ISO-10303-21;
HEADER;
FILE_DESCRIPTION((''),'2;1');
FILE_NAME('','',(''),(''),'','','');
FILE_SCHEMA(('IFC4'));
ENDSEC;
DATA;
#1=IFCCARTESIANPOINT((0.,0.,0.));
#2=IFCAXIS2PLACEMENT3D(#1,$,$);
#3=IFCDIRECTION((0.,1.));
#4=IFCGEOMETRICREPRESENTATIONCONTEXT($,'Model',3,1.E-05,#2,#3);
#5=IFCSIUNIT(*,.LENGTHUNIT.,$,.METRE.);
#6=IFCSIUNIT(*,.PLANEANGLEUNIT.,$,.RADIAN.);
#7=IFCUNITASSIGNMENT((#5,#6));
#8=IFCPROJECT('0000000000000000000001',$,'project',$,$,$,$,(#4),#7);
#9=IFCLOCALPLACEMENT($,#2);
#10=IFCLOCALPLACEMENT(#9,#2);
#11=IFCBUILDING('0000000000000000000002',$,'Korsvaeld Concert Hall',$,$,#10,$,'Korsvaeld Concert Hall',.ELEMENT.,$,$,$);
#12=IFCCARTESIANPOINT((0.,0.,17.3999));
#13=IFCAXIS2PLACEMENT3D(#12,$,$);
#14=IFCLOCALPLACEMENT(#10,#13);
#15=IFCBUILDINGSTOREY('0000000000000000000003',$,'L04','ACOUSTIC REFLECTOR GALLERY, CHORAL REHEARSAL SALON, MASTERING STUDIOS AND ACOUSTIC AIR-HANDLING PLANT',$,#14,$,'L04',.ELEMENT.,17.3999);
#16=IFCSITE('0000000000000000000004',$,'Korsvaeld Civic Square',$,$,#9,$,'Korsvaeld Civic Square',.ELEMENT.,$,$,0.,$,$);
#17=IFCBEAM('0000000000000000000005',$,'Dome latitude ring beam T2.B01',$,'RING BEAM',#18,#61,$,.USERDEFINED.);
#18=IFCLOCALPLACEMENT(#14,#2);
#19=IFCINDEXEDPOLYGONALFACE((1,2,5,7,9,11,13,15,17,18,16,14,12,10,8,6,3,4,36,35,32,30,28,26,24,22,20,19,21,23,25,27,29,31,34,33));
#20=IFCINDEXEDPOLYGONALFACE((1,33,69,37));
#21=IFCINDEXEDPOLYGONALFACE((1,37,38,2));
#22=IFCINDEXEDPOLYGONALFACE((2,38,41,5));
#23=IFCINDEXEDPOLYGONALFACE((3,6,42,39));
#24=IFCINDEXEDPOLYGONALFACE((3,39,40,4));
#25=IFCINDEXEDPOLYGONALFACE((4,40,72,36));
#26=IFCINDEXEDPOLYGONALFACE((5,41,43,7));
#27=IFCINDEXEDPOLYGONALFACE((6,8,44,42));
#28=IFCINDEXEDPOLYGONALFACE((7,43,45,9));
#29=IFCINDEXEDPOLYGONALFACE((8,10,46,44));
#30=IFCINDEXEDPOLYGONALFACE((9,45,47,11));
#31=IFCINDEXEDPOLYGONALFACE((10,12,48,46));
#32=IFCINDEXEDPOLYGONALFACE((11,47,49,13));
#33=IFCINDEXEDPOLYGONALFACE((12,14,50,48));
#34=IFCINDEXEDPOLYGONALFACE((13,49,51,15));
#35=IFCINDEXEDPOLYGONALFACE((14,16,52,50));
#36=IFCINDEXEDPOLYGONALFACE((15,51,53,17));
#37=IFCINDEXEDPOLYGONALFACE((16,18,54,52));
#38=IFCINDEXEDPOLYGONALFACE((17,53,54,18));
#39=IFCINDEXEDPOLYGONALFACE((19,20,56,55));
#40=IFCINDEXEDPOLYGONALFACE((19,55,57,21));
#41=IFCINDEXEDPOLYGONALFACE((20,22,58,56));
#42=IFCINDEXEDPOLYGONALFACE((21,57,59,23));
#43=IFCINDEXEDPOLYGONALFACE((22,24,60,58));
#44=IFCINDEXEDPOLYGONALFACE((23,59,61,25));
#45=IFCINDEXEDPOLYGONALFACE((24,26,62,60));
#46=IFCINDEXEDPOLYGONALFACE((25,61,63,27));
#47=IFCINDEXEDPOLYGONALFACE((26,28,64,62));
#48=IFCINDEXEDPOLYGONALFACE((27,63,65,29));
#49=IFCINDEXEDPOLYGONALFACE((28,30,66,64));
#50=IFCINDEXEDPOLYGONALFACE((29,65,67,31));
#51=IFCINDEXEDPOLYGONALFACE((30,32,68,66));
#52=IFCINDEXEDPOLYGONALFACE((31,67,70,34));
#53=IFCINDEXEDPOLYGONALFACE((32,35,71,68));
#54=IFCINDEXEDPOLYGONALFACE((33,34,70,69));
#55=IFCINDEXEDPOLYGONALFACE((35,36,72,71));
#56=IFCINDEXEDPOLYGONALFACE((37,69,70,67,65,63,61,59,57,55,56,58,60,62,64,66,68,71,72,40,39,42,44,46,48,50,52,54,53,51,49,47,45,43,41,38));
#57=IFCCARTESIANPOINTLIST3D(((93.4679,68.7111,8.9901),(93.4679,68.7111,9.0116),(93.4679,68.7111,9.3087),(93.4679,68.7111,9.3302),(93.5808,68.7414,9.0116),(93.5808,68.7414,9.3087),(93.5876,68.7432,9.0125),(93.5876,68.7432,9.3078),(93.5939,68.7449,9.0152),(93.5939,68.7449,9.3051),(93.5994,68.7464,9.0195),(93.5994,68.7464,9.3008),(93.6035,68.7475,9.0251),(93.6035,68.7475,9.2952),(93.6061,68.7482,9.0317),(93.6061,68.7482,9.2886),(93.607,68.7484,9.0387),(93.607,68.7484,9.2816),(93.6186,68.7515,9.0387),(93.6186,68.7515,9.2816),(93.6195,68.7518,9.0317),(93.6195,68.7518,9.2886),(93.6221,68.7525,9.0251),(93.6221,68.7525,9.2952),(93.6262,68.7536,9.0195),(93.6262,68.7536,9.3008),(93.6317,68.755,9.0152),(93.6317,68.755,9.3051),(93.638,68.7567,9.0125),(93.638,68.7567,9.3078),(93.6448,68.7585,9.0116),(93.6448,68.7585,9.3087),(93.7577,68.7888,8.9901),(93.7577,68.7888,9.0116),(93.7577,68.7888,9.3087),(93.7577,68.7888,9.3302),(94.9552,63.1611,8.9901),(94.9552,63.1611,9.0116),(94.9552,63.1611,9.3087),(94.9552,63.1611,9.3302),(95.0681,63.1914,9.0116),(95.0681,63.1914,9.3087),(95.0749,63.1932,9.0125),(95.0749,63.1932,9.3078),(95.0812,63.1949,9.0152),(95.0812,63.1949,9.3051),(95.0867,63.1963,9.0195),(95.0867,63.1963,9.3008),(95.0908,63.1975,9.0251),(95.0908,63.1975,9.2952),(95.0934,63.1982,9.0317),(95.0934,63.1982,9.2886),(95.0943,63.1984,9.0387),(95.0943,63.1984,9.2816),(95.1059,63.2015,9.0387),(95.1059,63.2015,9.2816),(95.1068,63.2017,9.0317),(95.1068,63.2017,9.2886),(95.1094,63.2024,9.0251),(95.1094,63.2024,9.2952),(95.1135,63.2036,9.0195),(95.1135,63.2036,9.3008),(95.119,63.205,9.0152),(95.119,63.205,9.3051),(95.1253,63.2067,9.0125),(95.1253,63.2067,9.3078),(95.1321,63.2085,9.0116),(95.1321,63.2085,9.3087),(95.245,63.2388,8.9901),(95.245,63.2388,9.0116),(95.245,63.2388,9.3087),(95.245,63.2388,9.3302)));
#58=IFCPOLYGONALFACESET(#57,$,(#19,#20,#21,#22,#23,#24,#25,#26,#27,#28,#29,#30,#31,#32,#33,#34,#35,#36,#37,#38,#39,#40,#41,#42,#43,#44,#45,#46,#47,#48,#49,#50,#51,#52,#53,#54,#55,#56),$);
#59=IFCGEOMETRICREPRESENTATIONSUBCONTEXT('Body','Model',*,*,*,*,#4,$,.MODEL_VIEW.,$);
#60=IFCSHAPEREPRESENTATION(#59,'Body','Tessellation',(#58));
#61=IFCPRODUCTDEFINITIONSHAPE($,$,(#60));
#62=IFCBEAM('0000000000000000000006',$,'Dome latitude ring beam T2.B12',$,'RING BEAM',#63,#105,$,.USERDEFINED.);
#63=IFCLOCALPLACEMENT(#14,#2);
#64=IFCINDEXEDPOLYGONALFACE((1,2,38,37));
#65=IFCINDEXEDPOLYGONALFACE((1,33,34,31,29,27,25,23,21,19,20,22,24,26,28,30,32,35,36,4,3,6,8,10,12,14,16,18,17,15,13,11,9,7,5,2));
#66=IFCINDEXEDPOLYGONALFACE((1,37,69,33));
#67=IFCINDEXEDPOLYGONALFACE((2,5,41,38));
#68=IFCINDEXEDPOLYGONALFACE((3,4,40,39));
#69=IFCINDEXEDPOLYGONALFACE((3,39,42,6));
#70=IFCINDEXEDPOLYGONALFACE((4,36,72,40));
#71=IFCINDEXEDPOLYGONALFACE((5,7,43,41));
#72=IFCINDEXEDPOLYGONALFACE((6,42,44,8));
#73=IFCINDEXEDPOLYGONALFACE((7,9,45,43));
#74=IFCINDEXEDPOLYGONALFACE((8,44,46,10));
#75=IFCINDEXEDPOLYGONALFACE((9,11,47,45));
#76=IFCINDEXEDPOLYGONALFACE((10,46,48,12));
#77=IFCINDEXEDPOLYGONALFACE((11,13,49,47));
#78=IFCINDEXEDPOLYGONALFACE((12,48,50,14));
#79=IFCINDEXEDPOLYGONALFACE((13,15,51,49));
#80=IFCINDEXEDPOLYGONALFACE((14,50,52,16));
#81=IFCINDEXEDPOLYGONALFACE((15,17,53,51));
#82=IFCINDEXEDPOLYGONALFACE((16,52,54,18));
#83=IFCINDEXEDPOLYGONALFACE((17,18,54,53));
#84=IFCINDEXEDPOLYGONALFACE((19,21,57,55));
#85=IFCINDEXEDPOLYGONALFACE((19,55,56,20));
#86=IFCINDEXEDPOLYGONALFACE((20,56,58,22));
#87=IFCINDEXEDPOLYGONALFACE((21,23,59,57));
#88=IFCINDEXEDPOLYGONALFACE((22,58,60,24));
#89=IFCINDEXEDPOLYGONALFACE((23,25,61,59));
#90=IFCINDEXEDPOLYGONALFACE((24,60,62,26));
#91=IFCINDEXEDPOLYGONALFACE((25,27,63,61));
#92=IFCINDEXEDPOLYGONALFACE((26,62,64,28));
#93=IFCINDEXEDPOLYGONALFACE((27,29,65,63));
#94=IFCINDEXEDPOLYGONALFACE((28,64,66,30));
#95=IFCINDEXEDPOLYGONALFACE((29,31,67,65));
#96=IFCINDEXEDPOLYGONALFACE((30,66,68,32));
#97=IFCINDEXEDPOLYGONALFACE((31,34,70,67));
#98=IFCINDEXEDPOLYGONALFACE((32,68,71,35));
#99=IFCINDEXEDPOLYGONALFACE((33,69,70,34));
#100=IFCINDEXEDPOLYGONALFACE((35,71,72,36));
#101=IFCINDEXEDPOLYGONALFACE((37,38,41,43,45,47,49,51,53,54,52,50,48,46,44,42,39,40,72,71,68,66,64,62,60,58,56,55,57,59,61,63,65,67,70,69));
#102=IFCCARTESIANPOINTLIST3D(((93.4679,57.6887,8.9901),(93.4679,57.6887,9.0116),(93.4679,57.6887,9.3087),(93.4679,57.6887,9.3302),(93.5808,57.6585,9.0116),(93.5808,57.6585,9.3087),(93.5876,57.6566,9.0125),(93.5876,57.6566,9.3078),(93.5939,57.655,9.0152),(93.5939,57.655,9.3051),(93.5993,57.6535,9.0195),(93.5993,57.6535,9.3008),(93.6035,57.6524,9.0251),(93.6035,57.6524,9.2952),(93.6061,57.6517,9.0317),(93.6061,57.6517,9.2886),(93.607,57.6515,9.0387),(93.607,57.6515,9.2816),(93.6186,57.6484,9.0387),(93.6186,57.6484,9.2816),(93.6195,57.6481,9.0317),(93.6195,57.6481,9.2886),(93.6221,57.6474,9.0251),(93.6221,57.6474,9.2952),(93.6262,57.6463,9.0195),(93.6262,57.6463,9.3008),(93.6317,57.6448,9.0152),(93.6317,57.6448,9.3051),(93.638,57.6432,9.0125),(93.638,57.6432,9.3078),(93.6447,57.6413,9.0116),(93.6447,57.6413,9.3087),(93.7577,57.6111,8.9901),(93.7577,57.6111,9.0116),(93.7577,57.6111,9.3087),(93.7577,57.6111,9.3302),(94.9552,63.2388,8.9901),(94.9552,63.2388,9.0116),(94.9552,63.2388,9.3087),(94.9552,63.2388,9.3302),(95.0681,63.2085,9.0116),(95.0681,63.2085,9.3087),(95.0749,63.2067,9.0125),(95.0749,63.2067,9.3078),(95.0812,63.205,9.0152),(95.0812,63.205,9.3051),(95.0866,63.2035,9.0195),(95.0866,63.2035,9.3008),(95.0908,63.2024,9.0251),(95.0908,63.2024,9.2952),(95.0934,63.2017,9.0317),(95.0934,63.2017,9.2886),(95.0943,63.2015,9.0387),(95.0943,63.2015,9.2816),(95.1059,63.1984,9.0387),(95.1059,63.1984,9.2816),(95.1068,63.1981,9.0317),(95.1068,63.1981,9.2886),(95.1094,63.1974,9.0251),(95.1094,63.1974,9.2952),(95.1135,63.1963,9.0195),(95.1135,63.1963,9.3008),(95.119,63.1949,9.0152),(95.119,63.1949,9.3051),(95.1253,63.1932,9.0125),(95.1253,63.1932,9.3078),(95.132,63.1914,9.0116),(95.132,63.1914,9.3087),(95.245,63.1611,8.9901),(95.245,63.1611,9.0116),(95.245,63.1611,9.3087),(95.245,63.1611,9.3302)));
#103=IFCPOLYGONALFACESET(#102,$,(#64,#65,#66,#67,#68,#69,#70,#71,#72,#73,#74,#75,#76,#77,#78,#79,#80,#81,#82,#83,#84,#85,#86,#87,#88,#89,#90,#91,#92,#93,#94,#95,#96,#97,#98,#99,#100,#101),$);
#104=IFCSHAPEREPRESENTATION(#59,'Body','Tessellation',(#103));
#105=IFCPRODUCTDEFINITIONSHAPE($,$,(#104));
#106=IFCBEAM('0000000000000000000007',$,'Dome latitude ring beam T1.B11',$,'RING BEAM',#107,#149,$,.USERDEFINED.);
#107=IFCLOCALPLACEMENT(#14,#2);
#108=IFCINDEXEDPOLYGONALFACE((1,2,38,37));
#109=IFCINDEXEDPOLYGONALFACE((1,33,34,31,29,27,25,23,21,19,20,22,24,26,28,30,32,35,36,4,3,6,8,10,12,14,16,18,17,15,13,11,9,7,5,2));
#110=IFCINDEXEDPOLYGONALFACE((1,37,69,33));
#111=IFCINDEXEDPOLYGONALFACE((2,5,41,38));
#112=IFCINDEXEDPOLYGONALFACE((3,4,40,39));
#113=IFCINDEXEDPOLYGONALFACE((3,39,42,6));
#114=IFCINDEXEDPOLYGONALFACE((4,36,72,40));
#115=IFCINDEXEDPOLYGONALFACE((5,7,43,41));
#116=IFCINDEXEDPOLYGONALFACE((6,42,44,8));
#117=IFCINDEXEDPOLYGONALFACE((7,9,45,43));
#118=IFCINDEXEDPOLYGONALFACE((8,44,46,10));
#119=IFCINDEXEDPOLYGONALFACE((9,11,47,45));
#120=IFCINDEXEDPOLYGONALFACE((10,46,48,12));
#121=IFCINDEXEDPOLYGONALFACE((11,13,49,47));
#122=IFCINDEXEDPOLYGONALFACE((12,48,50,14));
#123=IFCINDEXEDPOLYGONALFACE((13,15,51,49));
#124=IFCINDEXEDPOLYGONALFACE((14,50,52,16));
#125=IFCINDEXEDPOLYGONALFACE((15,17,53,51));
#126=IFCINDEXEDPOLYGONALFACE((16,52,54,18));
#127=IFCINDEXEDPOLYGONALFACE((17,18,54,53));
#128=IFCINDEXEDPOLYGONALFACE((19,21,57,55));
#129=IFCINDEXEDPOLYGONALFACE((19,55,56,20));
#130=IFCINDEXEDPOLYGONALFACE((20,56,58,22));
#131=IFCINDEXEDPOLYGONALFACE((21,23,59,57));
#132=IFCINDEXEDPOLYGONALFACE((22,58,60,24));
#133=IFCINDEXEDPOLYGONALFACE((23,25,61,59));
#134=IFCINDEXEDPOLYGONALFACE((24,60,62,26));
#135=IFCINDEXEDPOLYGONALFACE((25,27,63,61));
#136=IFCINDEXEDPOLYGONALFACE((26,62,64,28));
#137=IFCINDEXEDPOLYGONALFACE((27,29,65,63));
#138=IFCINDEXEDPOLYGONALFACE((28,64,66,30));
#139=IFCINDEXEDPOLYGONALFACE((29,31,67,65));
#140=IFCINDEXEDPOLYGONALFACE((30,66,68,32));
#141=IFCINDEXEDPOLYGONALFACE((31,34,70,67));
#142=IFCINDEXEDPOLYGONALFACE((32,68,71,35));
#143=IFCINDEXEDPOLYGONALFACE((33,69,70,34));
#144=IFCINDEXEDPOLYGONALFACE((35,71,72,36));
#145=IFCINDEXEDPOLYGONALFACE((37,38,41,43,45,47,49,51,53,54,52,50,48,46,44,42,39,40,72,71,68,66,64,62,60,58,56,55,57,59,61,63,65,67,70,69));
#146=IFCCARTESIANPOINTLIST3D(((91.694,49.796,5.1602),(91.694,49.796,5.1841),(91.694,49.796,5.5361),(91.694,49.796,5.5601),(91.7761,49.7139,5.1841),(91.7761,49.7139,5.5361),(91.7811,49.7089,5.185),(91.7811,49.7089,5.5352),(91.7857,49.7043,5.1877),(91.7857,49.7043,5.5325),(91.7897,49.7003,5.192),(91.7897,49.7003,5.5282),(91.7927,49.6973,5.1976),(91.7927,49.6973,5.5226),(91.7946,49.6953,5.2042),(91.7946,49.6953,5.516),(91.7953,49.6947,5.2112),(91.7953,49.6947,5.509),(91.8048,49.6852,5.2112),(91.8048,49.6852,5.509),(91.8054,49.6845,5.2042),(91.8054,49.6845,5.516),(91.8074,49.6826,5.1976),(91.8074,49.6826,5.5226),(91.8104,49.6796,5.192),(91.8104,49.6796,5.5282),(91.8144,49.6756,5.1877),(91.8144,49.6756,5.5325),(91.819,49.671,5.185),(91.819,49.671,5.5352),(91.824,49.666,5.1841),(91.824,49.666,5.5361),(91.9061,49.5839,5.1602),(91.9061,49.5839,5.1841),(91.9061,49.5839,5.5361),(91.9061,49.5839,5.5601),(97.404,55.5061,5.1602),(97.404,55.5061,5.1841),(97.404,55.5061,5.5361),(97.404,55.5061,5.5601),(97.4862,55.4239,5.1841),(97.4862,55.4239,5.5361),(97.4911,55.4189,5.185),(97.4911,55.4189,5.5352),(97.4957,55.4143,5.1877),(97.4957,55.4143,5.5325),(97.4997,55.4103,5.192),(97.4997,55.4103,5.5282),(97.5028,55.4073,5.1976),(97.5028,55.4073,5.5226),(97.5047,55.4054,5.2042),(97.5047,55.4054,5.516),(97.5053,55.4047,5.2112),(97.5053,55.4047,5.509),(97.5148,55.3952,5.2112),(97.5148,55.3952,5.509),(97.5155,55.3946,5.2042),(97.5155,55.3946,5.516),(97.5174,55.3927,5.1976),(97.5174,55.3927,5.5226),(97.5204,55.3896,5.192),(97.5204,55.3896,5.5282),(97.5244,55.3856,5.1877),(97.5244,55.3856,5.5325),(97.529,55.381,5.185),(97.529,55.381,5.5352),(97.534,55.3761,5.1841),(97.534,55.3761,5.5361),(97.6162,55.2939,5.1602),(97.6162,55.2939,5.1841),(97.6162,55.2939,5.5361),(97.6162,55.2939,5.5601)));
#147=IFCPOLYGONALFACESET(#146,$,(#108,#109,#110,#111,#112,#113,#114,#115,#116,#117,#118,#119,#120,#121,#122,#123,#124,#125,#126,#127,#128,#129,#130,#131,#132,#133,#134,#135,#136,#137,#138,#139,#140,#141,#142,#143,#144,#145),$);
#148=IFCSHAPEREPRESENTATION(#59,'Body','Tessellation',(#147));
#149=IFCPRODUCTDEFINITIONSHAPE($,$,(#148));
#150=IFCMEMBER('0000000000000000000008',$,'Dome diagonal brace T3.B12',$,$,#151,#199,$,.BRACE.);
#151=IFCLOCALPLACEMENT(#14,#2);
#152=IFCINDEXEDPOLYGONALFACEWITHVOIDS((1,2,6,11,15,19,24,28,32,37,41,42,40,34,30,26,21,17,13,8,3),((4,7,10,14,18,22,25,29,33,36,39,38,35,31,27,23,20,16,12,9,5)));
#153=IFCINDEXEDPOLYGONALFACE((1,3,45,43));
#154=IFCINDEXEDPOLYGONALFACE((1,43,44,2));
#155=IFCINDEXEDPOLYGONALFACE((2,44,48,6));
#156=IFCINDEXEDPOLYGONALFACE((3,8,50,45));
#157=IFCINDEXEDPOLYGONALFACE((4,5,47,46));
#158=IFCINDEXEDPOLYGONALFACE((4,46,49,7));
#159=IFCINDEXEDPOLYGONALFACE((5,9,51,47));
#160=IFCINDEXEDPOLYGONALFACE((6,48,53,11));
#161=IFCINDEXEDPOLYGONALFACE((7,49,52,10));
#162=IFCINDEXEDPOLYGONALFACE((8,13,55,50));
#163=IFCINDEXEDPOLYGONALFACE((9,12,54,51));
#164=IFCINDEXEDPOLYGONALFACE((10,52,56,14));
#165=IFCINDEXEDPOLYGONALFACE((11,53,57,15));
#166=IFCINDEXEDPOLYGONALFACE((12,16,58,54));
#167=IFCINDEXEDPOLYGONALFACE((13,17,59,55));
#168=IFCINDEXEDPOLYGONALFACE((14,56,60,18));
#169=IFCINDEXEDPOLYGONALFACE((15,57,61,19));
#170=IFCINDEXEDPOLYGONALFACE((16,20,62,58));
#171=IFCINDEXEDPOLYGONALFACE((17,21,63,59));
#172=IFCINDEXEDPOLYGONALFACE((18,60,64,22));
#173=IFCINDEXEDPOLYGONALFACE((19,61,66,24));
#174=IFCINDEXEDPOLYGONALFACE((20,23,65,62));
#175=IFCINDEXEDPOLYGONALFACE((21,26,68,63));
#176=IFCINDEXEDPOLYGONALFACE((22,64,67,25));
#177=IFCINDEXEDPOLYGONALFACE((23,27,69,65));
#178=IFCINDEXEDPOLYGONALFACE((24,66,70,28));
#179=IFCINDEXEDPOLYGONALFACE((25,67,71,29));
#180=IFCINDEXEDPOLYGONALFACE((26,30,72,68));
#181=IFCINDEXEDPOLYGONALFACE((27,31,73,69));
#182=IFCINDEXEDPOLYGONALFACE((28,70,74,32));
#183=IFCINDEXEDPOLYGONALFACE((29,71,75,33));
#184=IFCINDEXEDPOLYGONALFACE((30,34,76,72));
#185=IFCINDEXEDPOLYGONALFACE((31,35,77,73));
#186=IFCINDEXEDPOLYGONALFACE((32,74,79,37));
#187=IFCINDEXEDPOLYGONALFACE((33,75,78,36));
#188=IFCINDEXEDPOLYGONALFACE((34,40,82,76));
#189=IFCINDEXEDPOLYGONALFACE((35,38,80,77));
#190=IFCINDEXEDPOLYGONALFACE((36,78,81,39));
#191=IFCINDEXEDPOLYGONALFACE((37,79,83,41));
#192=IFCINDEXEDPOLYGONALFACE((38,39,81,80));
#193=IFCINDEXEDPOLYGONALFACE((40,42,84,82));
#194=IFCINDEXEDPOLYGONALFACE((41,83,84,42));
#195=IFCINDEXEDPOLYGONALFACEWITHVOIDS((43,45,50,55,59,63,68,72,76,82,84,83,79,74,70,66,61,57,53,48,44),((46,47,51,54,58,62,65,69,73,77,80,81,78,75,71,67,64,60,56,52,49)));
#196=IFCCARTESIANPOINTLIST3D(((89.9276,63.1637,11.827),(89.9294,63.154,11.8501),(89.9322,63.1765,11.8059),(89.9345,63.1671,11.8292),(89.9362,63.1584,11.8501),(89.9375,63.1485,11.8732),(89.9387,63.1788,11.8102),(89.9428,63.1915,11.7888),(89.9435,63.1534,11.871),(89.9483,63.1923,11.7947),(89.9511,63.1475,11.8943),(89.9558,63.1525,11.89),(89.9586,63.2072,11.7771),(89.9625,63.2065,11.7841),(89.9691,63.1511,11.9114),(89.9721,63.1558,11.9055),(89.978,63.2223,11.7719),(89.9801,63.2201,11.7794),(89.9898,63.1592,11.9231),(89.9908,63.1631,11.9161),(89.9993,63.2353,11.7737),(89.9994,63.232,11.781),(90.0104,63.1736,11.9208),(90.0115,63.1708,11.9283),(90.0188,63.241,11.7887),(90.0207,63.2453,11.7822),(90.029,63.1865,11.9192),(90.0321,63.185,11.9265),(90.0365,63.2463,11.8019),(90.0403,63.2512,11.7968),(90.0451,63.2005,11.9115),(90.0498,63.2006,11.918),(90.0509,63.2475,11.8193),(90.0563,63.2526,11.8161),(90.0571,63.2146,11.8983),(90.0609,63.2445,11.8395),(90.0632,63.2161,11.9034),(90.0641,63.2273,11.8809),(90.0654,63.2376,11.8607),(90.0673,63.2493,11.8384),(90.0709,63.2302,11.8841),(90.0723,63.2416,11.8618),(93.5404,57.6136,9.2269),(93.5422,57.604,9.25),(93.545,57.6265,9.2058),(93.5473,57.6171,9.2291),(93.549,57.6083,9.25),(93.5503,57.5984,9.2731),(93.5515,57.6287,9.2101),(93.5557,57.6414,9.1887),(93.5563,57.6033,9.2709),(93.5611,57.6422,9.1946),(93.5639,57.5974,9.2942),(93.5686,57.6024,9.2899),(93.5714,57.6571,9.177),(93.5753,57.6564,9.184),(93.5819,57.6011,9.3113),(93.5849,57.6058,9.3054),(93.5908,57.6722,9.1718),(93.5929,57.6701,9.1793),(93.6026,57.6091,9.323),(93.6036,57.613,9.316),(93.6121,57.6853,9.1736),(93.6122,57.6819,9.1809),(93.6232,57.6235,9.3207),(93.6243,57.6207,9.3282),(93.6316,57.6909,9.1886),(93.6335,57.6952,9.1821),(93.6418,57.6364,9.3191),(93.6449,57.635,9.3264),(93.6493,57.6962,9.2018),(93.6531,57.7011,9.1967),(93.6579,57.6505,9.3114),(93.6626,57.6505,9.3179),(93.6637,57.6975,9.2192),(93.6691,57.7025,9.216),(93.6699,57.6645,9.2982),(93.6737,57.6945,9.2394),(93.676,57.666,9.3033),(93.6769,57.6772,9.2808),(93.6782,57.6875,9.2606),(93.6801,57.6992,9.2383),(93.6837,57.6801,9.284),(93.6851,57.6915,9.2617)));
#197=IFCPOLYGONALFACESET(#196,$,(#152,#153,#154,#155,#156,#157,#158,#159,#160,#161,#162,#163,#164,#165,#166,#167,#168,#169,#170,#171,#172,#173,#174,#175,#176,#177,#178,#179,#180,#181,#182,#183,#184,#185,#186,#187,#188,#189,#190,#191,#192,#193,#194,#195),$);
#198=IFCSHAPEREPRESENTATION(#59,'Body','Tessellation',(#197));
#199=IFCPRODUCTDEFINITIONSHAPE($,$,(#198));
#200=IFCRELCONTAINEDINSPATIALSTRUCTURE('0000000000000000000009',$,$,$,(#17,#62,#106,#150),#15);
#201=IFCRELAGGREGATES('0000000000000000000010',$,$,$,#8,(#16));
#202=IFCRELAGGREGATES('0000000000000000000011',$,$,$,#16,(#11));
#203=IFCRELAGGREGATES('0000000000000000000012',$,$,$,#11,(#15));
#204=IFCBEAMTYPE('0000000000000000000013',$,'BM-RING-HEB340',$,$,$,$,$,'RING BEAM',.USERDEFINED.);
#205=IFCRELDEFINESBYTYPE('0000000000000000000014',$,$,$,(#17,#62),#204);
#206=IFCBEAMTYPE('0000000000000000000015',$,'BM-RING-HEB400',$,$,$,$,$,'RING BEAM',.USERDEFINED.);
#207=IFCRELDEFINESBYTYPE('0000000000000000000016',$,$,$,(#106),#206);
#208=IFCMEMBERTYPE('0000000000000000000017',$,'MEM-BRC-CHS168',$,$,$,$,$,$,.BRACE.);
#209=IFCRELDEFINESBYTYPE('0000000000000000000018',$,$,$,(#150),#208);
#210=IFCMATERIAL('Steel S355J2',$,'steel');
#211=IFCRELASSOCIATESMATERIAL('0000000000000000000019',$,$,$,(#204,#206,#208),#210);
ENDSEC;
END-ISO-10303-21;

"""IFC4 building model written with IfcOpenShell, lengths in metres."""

from ifc_helpers import new_model, si_unit, direction, frame, origin, origin_2d, place, context, subcontext, project, spatial, hollow_circle, i_section, extrude, material, material_profile, profile_set, type_object, element, save


model = new_model("IFC4")

# Units and contexts
model_context = context("Model", 3, precision=1e-05, world=origin(), true_north=direction((0.0, 1.0)))
body_context = subcontext(model_context, "Body", "Model", "MODEL_VIEW")
ifc_project = project(units=[si_unit("LENGTHUNIT", "METRE"), si_unit("PLANEANGLEUNIT", "RADIAN")], contexts=[model_context])

# Site, building, storey
site_placement = place(None, origin())
site = spatial("IfcSite", under=ifc_project, at=site_placement, Name="Korsvaeld Civic Square", LongName="Korsvaeld Civic Square", CompositionType="ELEMENT", RefElevation=0.0)
building_placement = place(site_placement, origin())
building = spatial("IfcBuilding", under=site, at=building_placement, Name="Korsvaeld Concert Hall", LongName="Korsvaeld Concert Hall", CompositionType="ELEMENT")
storey_placement = place(building_placement, frame((0.0, 0.0, 17.3999)))
storey = spatial("IfcBuildingStorey", under=building, at=storey_placement, Name="L04", Description="ACOUSTIC REFLECTOR GALLERY, CHORAL REHEARSAL SALON, MASTERING STUDIOS AND ACOUSTIC AIR-HANDLING PLANT", LongName="L04", CompositionType="ELEMENT", Elevation=17.3999)

# Beams
ifc_material_1 = material(Name="Steel S355J2", Category="steel")
ifc_material_profile_1 = material_profile(ifc_material_1, i_section(OverallWidth=0.3, OverallDepth=0.3401, WebThickness=0.012, FlangeThickness=0.0215, FilletRadius=0.0271, at=origin_2d()), Name="HEB 340")
ifc_profile_set_1 = profile_set([ifc_material_profile_1], Name="Steel S355J2")
beam_type_1 = type_object("IfcBeamType", Name="BM-RING-HEB340", ElementType="RING BEAM", PredefinedType="USERDEFINED", material=ifc_profile_set_1)
for number, where, z_axis, x_axis, name in (
    (1, (95.1001, 63.2, 9.1602), (-0.258847, 0.965918, 0.0), (-0.965918, -0.258847, 0.0), "Dome latitude ring beam T2.B01"),
    (2, (93.6128, 57.6499, 9.1602), (0.258847, 0.965918, 0.0), (-0.965918, 0.258847, 0.0), "Dome latitude ring beam T2.B12"),
):
    element("IfcBeam", number, at=place(storey_placement, frame(where, z_axis=z_axis, x_axis=x_axis)), inside=storey, type_object=beam_type_1, Name=name, ObjectType="RING BEAM", PredefinedType="USERDEFINED", context=body_context, shape_type="SweptSolid", body=[
        extrude(i_section(OverallWidth=0.3, OverallDepth=0.3401, WebThickness=0.012, FlangeThickness=0.0215, FilletRadius=0.0271, at=origin_2d()), origin(), (0.0, 0.0, 1.0), 5.7458),
    ])
ifc_material_profile_2 = material_profile(ifc_material_1, i_section(OverallWidth=0.3, OverallDepth=0.3999, WebThickness=0.0134, FlangeThickness=0.0239, FilletRadius=0.0271, at=origin_2d()), Name="HEB 400")
ifc_profile_set_2 = profile_set([ifc_material_profile_2], Name="Steel S355J2")
beam_type_2 = type_object("IfcBeamType", Name="BM-RING-HEB400", ElementType="RING BEAM", PredefinedType="USERDEFINED", material=ifc_profile_set_2)
beam_placement = place(storey_placement, frame((91.8, 49.6899, 5.3601), z_axis=(0.707107, 0.707107, 0.0), x_axis=(-0.707107, 0.707107, 0.0)))
element("IfcBeam", 3, at=beam_placement, inside=storey, type_object=beam_type_2, Name="Dome latitude ring beam T1.B11", ObjectType="RING BEAM", PredefinedType="USERDEFINED", context=body_context, shape_type="SweptSolid", body=[
    extrude(i_section(OverallWidth=0.3, OverallDepth=0.3999, WebThickness=0.0134, FlangeThickness=0.0239, FilletRadius=0.0271, at=origin_2d()), origin(), (0.0, 0.0, 1.0), 8.0752),
])

# Member
ifc_material_profile_3 = material_profile(ifc_material_1, hollow_circle(Radius=0.0842, WallThickness=0.0081, at=origin_2d()), Name="CHS 168.3x8")
ifc_profile_set_3 = profile_set([ifc_material_profile_3], Name="Steel S355J2")
member_type_1 = type_object("IfcMemberType", Name="MEM-BRC-CHS168", PredefinedType="BRACE", material=ifc_profile_set_3)
member_1_placement = place(storey_placement, frame((93.6128, 57.6499, 9.25), z_axis=(-0.507808, 0.780106, 0.365466), x_axis=(-0.83808, -0.545547, 0.0)))
element("IfcMember", 4, at=member_1_placement, inside=storey, type_object=member_type_1, Name="Dome diagonal brace T3.B12", PredefinedType="BRACE", context=body_context, shape_type="SweptSolid", body=[
    extrude(hollow_circle(Radius=0.0842, WallThickness=0.0081, at=origin_2d()), origin(), (0.0, 0.0, 1.0), 7.1145),
])

save(model, "model.ifc")
